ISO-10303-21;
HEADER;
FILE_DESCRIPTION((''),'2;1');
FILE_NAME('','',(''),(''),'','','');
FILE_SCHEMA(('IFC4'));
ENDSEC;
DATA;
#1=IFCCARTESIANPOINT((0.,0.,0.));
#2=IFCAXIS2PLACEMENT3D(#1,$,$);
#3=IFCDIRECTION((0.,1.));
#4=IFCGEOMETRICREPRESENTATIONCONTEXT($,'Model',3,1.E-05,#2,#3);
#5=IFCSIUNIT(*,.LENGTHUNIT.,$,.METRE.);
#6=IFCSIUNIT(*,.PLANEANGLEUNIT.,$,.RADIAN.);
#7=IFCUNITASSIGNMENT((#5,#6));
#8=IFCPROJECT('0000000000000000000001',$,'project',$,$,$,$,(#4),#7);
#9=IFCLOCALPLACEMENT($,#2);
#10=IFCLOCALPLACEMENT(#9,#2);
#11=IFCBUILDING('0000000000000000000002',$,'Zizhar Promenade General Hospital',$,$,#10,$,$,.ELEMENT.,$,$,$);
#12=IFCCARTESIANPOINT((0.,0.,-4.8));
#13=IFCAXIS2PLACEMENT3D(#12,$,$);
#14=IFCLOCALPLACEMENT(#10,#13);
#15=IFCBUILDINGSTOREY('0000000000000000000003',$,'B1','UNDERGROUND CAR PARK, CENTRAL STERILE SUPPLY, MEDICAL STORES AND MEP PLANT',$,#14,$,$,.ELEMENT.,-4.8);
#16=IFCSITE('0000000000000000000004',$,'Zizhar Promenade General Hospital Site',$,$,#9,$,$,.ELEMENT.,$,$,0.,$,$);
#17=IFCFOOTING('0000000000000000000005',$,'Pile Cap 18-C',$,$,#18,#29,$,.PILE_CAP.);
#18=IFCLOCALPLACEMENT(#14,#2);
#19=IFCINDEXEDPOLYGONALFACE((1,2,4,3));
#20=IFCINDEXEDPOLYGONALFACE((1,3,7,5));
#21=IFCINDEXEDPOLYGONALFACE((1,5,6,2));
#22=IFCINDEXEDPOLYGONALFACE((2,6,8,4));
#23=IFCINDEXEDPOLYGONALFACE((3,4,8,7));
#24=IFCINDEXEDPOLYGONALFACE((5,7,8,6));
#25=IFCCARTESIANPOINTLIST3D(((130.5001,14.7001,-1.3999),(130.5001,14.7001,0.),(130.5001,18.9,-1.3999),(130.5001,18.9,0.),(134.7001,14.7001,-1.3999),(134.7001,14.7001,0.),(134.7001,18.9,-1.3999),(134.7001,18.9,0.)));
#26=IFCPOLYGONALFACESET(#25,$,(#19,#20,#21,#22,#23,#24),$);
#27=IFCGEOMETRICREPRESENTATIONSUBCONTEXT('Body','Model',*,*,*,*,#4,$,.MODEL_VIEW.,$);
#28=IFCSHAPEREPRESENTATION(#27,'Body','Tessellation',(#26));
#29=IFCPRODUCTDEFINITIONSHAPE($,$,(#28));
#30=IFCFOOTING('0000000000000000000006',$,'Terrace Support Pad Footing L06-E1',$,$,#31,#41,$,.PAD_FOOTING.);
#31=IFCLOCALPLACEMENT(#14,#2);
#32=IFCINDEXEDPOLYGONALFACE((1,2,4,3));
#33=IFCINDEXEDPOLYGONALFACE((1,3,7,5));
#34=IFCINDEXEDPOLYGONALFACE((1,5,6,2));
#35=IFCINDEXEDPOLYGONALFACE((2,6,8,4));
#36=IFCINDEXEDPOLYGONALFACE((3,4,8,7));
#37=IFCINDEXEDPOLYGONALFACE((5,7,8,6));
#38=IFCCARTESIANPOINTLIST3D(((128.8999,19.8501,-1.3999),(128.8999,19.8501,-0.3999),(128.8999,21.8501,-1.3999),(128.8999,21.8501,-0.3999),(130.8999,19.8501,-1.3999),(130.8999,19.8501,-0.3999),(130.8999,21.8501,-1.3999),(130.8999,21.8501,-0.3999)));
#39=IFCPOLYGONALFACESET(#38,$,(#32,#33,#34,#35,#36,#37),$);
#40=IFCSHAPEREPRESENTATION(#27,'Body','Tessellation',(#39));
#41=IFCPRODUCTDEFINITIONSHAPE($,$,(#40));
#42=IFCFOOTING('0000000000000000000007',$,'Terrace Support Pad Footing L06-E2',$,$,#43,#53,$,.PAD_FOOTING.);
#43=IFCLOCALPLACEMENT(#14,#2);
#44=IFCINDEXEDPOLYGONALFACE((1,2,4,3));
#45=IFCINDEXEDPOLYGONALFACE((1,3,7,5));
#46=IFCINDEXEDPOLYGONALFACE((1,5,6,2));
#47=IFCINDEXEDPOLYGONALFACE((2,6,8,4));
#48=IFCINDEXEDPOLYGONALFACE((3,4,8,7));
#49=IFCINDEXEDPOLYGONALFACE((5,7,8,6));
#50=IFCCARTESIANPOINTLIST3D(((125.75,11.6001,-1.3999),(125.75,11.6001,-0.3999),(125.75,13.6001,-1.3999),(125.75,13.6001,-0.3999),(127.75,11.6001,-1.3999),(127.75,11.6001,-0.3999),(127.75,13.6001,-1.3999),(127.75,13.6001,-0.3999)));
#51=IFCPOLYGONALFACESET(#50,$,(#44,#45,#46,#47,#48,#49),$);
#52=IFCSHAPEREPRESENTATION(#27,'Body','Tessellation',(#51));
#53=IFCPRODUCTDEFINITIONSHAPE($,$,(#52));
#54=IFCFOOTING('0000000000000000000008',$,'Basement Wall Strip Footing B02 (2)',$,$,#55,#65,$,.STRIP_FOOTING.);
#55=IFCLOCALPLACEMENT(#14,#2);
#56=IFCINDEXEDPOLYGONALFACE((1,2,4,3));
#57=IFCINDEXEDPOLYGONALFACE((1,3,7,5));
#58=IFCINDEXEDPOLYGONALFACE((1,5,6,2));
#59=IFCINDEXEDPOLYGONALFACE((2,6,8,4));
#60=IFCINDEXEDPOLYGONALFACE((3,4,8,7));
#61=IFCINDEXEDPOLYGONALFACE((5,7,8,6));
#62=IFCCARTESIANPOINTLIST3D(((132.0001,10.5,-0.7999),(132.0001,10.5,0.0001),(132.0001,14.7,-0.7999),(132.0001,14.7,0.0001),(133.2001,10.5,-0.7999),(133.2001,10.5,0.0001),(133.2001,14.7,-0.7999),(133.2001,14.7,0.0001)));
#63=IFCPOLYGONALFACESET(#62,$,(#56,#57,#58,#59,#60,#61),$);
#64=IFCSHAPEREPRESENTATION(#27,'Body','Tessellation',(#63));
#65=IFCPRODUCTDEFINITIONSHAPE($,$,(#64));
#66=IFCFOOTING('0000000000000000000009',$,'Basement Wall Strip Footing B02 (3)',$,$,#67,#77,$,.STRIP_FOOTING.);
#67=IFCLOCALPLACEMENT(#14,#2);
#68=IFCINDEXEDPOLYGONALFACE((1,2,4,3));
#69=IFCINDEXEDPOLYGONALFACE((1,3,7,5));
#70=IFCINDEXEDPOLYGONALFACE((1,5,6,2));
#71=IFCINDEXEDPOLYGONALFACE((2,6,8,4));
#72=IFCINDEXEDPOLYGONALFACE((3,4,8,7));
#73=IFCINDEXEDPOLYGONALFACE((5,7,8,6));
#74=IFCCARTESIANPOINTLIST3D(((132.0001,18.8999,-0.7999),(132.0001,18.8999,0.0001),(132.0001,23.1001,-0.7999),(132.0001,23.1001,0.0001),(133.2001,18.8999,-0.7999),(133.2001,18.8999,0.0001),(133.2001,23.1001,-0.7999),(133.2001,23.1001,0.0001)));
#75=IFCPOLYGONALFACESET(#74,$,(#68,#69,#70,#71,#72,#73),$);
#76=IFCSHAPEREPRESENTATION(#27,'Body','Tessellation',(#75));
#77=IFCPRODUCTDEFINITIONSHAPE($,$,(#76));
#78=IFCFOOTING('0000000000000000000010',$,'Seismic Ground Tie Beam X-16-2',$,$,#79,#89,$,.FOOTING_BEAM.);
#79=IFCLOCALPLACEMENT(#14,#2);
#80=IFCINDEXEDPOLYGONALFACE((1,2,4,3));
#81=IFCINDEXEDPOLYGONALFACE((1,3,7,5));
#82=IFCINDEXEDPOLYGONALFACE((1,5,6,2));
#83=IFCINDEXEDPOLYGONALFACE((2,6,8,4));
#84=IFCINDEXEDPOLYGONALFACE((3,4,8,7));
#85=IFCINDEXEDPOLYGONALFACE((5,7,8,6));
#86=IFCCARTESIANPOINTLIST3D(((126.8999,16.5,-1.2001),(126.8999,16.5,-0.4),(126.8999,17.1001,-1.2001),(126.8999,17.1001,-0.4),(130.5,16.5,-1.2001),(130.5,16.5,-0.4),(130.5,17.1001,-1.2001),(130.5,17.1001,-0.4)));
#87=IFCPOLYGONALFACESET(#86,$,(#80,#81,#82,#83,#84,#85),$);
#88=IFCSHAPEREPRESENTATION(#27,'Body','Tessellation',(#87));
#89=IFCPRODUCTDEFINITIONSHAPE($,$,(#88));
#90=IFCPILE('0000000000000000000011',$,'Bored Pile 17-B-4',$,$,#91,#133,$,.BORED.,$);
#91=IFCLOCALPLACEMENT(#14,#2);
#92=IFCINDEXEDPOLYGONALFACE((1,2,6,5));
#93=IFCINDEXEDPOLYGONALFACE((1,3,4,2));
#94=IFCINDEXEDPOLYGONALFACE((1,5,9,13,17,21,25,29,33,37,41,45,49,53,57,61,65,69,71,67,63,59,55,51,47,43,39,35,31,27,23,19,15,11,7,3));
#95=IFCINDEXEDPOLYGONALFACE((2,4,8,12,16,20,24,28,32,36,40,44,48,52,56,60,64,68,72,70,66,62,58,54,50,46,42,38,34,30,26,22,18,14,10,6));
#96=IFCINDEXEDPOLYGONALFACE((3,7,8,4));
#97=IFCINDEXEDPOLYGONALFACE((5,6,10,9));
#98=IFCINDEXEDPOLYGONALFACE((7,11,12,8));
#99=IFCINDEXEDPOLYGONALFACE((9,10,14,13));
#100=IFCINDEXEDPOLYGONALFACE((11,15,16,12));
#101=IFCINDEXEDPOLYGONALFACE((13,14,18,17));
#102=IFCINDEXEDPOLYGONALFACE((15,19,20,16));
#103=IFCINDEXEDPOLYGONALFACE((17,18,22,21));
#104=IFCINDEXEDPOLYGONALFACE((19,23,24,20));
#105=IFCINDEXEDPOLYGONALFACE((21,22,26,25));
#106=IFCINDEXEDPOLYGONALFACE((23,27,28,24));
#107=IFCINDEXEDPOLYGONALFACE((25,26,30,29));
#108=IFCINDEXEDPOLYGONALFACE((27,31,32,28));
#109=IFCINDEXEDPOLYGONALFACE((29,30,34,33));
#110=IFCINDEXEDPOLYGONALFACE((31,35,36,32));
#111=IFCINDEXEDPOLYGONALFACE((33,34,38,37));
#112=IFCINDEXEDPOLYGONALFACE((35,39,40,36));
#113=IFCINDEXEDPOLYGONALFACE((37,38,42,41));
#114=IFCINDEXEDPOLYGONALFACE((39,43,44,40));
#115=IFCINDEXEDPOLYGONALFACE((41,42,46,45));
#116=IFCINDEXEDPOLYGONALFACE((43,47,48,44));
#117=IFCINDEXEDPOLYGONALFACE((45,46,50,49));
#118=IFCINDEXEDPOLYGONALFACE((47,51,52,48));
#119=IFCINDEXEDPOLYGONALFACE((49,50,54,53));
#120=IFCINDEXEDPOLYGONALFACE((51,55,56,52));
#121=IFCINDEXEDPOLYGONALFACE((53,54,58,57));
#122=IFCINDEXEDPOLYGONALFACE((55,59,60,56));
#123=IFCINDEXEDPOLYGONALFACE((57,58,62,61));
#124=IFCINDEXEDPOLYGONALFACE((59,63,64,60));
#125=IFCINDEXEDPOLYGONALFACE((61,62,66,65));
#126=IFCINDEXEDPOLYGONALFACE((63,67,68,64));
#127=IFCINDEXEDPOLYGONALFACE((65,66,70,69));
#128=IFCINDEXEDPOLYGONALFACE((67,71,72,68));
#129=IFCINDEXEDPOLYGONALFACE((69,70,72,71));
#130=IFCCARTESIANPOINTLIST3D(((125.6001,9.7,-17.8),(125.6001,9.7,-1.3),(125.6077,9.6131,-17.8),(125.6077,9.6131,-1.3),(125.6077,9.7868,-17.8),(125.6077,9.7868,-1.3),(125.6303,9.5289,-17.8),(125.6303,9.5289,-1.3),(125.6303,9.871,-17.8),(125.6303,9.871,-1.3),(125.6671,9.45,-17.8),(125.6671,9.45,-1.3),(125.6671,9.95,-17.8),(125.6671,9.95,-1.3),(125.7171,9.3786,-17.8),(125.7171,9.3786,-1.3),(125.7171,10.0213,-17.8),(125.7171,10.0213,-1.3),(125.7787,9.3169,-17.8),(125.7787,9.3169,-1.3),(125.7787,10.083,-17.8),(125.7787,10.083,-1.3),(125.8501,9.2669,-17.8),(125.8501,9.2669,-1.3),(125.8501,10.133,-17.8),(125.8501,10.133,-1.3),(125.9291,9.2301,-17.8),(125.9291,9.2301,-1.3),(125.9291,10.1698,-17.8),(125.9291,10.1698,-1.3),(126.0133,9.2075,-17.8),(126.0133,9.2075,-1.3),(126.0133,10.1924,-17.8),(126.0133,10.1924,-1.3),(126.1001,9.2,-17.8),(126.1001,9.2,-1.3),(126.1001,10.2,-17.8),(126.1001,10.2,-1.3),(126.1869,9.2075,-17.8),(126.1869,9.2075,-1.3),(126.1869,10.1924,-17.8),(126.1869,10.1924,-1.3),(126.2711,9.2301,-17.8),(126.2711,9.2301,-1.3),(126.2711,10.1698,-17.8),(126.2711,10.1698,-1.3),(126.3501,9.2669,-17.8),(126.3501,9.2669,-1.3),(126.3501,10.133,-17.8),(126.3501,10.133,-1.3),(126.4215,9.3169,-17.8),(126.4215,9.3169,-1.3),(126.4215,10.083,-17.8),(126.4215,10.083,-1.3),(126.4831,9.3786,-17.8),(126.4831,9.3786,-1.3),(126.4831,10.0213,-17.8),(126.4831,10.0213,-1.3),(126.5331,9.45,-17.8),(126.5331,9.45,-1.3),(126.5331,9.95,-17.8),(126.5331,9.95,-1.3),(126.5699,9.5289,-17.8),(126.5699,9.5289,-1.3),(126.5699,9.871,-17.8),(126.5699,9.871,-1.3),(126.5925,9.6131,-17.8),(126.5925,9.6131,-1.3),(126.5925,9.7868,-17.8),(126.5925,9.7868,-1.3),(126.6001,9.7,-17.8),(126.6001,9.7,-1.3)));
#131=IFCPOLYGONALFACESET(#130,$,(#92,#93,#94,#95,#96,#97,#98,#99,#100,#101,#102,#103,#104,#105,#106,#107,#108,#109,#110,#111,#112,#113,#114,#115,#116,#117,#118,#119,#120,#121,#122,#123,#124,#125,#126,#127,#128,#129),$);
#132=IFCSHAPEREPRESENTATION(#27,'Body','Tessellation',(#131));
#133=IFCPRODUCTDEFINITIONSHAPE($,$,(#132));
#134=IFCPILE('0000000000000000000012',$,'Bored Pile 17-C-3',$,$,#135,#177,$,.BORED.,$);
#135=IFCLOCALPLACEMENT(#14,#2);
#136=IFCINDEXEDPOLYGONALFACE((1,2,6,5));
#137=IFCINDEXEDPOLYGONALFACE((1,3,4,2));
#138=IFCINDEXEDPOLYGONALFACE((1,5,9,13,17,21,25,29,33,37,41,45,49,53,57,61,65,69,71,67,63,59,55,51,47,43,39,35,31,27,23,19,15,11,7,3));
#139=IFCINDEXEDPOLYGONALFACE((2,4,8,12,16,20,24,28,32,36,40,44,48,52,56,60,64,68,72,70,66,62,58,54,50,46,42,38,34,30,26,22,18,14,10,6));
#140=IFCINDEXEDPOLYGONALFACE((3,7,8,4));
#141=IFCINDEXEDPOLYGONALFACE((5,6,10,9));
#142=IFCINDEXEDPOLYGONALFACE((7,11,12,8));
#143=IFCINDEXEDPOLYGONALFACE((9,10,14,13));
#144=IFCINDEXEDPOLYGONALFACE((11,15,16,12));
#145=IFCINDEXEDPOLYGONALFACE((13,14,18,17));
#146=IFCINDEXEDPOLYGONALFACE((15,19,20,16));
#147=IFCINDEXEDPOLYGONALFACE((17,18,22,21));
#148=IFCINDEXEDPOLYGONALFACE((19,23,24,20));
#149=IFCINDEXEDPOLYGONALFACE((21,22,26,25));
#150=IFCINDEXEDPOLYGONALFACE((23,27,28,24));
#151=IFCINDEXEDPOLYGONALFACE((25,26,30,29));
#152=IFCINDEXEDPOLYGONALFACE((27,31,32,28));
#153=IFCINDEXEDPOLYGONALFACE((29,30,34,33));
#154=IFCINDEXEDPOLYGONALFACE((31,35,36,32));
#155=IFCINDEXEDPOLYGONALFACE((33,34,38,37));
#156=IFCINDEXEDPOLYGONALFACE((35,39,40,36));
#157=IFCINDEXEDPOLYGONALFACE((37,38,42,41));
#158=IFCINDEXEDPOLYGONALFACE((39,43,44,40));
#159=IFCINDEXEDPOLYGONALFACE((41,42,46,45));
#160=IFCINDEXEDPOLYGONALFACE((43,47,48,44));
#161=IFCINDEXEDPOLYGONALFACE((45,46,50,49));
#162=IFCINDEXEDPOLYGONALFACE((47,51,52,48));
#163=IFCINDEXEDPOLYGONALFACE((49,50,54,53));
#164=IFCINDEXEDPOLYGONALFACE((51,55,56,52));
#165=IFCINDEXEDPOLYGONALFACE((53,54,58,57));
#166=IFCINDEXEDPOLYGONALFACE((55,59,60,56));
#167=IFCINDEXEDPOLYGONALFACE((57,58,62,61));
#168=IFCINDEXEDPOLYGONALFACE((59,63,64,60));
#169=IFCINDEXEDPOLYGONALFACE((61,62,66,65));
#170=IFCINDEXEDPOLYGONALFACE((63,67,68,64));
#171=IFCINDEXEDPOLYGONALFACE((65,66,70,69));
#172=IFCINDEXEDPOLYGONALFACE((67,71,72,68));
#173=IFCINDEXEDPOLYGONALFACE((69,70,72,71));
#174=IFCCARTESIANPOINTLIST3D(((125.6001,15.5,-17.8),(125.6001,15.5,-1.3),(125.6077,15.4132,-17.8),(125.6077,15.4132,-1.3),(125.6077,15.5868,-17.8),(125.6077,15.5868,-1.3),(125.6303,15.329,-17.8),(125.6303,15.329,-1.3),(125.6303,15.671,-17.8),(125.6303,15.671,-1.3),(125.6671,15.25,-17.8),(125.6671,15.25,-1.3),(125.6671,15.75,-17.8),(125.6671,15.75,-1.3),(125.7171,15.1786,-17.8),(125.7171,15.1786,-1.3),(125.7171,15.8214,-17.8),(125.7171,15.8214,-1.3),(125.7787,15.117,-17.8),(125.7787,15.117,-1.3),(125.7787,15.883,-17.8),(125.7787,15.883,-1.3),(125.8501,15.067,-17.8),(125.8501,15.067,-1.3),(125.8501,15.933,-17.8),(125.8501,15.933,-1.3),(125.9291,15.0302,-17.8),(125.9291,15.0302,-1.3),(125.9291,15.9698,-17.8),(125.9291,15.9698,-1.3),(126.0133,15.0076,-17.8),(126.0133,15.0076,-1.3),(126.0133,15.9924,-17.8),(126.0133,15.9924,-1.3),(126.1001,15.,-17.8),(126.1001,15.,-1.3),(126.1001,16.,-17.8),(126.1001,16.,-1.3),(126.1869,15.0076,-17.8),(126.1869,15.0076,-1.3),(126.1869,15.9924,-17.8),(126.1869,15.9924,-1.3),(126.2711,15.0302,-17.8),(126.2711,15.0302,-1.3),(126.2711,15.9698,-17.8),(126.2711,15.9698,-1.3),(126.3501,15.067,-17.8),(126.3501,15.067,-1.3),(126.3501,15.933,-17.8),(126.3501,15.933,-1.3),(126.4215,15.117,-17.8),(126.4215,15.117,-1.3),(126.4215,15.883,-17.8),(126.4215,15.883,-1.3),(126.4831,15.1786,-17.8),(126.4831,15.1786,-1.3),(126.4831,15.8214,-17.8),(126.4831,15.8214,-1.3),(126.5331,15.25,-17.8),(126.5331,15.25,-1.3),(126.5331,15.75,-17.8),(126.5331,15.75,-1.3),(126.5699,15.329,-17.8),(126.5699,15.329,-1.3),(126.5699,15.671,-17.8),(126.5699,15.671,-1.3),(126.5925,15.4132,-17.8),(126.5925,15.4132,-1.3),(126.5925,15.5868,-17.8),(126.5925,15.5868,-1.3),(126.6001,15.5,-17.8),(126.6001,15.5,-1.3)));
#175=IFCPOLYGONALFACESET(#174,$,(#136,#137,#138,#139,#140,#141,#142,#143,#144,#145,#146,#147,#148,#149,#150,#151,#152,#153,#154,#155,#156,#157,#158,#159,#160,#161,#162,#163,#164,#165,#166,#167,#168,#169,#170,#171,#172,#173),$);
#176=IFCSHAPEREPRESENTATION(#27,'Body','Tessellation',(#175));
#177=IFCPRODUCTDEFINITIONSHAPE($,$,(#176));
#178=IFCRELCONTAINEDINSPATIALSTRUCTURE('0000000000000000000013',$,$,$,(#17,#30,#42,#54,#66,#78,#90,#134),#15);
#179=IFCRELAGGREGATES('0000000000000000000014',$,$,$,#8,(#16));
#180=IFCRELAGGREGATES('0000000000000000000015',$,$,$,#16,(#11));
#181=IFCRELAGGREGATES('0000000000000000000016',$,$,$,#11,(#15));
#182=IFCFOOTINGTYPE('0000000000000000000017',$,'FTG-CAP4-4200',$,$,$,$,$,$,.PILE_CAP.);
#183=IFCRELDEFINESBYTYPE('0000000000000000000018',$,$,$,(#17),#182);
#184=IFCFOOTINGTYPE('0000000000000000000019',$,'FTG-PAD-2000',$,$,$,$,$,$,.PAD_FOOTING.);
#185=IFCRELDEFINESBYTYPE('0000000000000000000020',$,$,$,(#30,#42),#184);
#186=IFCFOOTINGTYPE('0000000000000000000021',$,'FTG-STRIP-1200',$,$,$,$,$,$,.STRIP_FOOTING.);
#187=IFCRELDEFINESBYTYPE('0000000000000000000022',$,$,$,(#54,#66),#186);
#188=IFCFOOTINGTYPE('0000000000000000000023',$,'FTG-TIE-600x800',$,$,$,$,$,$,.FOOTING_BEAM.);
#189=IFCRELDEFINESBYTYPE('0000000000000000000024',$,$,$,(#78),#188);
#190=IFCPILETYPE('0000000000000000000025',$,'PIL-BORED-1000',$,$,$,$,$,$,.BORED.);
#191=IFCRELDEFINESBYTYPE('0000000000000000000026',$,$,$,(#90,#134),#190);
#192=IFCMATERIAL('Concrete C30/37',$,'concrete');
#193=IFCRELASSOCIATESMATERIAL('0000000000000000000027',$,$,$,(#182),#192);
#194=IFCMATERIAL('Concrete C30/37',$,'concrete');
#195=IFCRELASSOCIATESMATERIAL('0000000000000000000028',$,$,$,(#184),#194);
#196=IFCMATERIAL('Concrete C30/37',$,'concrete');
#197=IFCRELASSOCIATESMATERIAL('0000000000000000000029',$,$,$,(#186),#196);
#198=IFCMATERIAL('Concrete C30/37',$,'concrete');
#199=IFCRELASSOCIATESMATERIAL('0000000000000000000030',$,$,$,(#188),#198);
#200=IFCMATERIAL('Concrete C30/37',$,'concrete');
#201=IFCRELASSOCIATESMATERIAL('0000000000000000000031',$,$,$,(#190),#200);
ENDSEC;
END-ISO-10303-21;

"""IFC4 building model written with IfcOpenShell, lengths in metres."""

from ifc_helpers import new_model, si_unit, direction, frame, origin, origin_2d, place, context, subcontext, project, spatial, rectangle, circle, extrude, material, material_profile, profile_set, type_object, element, save


model = new_model("IFC4")

# Units and contexts
model_context = context("Model", 3, precision=1e-05, world=origin(), true_north=direction((0.0, 1.0)))
body_context = subcontext(model_context, "Body", "Model", "MODEL_VIEW")
ifc_project = project(units=[si_unit("LENGTHUNIT", "METRE"), si_unit("PLANEANGLEUNIT", "RADIAN")], contexts=[model_context])

# Site, building, storey
site_placement = place(None, origin())
site = spatial("IfcSite", under=ifc_project, at=site_placement, Name="Zizhar Promenade General Hospital Site", CompositionType="ELEMENT", RefElevation=0.0)
building_placement = place(site_placement, origin())
building = spatial("IfcBuilding", under=site, at=building_placement, Name="Zizhar Promenade General Hospital", CompositionType="ELEMENT")
storey_placement = place(building_placement, frame((0.0, 0.0, -4.8)))
storey = spatial("IfcBuildingStorey", under=building, at=storey_placement, Name="B1", Description="UNDERGROUND CAR PARK, CENTRAL STERILE SUPPLY, MEDICAL STORES AND MEP PLANT", CompositionType="ELEMENT", Elevation=-4.8)

# Footings
ifc_material_1 = material(Name="Concrete C30/37", Category="concrete")
footing_type_1 = type_object("IfcFootingType", Name="FTG-CAP4-4200", PredefinedType="PILE_CAP", material=ifc_material_1)
footing_1_placement = place(storey_placement, frame((132.6001, 16.8, -1.3999), z_axis=(0.0, 0.0, 1.0), x_axis=(1.0, 0.0, 0.0)))
element("IfcFooting", 1, at=footing_1_placement, inside=storey, type_object=footing_type_1, Name="Pile Cap 18-C", PredefinedType="PILE_CAP", context=body_context, shape_type="SweptSolid", body=[
    extrude(rectangle(XDim=4.2, YDim=4.2, at=origin_2d()), origin(), (0.0, 0.0, 1.0), 1.3999),
])
ifc_material_2 = material(Name="Concrete C30/37", Category="concrete")
footing_type_2 = type_object("IfcFootingType", Name="FTG-PAD-2000", PredefinedType="PAD_FOOTING", material=ifc_material_2)
for number, where, z_axis, x_axis, name in (
    (2, (129.8999, 20.8501, -1.3999), (0.0, 0.0, 1.0), (1.0, 0.0, 0.0), "Terrace Support Pad Footing L06-E1"),
    (3, (126.75, 12.6001, -1.3999), (0.0, 0.0, 1.0), (1.0, 0.0, 0.0), "Terrace Support Pad Footing L06-E2"),
):
    element("IfcFooting", number, at=place(storey_placement, frame(where, z_axis=z_axis, x_axis=x_axis)), inside=storey, type_object=footing_type_2, Name=name, PredefinedType="PAD_FOOTING", context=body_context, shape_type="SweptSolid", body=[
        extrude(rectangle(XDim=2.0, YDim=2.0, at=origin_2d()), origin(), (0.0, 0.0, 1.0), 1.0),
    ])
ifc_material_3 = material(Name="Concrete C30/37", Category="concrete")
ifc_material_profile_1 = material_profile(ifc_material_3, rectangle(XDim=1.2, YDim=0.8, at=origin_2d()))
ifc_profile_set_1 = profile_set([ifc_material_profile_1], Name="Concrete C30/37")
footing_type_3 = type_object("IfcFootingType", Name="FTG-STRIP-1200", PredefinedType="STRIP_FOOTING", material=ifc_profile_set_1)
footing_2_placement = place(storey_placement, frame((132.6001, 10.5, -0.3999), z_axis=(0.0, 1.0, 0.0), x_axis=(-1.0, 0.0, 0.0)))
element("IfcFooting", 4, at=footing_2_placement, inside=storey, type_object=footing_type_3, Name="Basement Wall Strip Footing B02 (2)", PredefinedType="STRIP_FOOTING", context=body_context, shape_type="SweptSolid", body=[
    extrude(rectangle(XDim=1.2, YDim=0.8, at=origin_2d()), origin(), (0.0, 0.0, 1.0), 4.2),
])
footing_3_placement = place(storey_placement, frame((132.6001, 18.8999, -0.3999), z_axis=(0.0, 1.0, 0.0), x_axis=(-1.0, 0.0, 0.0)))
element("IfcFooting", 5, at=footing_3_placement, inside=storey, type_object=footing_type_3, Name="Basement Wall Strip Footing B02 (3)", PredefinedType="STRIP_FOOTING", context=body_context, shape_type="SweptSolid", body=[
    extrude(rectangle(XDim=1.2, YDim=0.8, at=origin_2d()), origin(), (0.0, 0.0, 1.0), 4.2002),
])
ifc_material_4 = material(Name="Concrete C30/37", Category="concrete")
ifc_material_profile_2 = material_profile(ifc_material_4, rectangle(XDim=0.6001, YDim=0.8, at=origin_2d()))
ifc_profile_set_2 = profile_set([ifc_material_profile_2], Name="Concrete C30/37")
footing_type_4 = type_object("IfcFootingType", Name="FTG-TIE-600x800", PredefinedType="FOOTING_BEAM", material=ifc_profile_set_2)
footing_4_placement = place(storey_placement, frame((126.8999, 16.8, -0.8), z_axis=(1.0, 0.0, 0.0), x_axis=(0.0, 1.0, 0.0)))
element("IfcFooting", 6, at=footing_4_placement, inside=storey, type_object=footing_type_4, Name="Seismic Ground Tie Beam X-16-2", PredefinedType="FOOTING_BEAM", context=body_context, shape_type="SweptSolid", body=[
    extrude(rectangle(XDim=0.6001, YDim=0.8, at=origin_2d()), origin(), (0.0, 0.0, 1.0), 3.6001),
])

# Piles
ifc_material_5 = material(Name="Concrete C30/37", Category="concrete")
ifc_material_profile_3 = material_profile(ifc_material_5, circle(Radius=0.5, at=origin_2d()))
ifc_profile_set_3 = profile_set([ifc_material_profile_3], Name="Concrete C30/37")
pile_type = type_object("IfcPileType", Name="PIL-BORED-1000", PredefinedType="BORED", material=ifc_profile_set_3)
for number, where, z_axis, x_axis, name in (
    (7, (126.1001, 9.7, -1.3), (0.0, 0.0, -1.0), (1.0, 0.0, 0.0), "Bored Pile 17-B-4"),
    (8, (126.1001, 15.5, -1.3), (0.0, 0.0, -1.0), (1.0, 0.0, 0.0), "Bored Pile 17-C-3"),
):
    element("IfcPile", number, at=place(storey_placement, frame(where, z_axis=z_axis, x_axis=x_axis)), inside=storey, type_object=pile_type, Name=name, PredefinedType="BORED", context=body_context, shape_type="SweptSolid", body=[
        extrude(circle(Radius=0.5, at=origin_2d()), origin(), (0.0, 0.0, 1.0), 16.5),
    ])

save(model, "model.ifc")
